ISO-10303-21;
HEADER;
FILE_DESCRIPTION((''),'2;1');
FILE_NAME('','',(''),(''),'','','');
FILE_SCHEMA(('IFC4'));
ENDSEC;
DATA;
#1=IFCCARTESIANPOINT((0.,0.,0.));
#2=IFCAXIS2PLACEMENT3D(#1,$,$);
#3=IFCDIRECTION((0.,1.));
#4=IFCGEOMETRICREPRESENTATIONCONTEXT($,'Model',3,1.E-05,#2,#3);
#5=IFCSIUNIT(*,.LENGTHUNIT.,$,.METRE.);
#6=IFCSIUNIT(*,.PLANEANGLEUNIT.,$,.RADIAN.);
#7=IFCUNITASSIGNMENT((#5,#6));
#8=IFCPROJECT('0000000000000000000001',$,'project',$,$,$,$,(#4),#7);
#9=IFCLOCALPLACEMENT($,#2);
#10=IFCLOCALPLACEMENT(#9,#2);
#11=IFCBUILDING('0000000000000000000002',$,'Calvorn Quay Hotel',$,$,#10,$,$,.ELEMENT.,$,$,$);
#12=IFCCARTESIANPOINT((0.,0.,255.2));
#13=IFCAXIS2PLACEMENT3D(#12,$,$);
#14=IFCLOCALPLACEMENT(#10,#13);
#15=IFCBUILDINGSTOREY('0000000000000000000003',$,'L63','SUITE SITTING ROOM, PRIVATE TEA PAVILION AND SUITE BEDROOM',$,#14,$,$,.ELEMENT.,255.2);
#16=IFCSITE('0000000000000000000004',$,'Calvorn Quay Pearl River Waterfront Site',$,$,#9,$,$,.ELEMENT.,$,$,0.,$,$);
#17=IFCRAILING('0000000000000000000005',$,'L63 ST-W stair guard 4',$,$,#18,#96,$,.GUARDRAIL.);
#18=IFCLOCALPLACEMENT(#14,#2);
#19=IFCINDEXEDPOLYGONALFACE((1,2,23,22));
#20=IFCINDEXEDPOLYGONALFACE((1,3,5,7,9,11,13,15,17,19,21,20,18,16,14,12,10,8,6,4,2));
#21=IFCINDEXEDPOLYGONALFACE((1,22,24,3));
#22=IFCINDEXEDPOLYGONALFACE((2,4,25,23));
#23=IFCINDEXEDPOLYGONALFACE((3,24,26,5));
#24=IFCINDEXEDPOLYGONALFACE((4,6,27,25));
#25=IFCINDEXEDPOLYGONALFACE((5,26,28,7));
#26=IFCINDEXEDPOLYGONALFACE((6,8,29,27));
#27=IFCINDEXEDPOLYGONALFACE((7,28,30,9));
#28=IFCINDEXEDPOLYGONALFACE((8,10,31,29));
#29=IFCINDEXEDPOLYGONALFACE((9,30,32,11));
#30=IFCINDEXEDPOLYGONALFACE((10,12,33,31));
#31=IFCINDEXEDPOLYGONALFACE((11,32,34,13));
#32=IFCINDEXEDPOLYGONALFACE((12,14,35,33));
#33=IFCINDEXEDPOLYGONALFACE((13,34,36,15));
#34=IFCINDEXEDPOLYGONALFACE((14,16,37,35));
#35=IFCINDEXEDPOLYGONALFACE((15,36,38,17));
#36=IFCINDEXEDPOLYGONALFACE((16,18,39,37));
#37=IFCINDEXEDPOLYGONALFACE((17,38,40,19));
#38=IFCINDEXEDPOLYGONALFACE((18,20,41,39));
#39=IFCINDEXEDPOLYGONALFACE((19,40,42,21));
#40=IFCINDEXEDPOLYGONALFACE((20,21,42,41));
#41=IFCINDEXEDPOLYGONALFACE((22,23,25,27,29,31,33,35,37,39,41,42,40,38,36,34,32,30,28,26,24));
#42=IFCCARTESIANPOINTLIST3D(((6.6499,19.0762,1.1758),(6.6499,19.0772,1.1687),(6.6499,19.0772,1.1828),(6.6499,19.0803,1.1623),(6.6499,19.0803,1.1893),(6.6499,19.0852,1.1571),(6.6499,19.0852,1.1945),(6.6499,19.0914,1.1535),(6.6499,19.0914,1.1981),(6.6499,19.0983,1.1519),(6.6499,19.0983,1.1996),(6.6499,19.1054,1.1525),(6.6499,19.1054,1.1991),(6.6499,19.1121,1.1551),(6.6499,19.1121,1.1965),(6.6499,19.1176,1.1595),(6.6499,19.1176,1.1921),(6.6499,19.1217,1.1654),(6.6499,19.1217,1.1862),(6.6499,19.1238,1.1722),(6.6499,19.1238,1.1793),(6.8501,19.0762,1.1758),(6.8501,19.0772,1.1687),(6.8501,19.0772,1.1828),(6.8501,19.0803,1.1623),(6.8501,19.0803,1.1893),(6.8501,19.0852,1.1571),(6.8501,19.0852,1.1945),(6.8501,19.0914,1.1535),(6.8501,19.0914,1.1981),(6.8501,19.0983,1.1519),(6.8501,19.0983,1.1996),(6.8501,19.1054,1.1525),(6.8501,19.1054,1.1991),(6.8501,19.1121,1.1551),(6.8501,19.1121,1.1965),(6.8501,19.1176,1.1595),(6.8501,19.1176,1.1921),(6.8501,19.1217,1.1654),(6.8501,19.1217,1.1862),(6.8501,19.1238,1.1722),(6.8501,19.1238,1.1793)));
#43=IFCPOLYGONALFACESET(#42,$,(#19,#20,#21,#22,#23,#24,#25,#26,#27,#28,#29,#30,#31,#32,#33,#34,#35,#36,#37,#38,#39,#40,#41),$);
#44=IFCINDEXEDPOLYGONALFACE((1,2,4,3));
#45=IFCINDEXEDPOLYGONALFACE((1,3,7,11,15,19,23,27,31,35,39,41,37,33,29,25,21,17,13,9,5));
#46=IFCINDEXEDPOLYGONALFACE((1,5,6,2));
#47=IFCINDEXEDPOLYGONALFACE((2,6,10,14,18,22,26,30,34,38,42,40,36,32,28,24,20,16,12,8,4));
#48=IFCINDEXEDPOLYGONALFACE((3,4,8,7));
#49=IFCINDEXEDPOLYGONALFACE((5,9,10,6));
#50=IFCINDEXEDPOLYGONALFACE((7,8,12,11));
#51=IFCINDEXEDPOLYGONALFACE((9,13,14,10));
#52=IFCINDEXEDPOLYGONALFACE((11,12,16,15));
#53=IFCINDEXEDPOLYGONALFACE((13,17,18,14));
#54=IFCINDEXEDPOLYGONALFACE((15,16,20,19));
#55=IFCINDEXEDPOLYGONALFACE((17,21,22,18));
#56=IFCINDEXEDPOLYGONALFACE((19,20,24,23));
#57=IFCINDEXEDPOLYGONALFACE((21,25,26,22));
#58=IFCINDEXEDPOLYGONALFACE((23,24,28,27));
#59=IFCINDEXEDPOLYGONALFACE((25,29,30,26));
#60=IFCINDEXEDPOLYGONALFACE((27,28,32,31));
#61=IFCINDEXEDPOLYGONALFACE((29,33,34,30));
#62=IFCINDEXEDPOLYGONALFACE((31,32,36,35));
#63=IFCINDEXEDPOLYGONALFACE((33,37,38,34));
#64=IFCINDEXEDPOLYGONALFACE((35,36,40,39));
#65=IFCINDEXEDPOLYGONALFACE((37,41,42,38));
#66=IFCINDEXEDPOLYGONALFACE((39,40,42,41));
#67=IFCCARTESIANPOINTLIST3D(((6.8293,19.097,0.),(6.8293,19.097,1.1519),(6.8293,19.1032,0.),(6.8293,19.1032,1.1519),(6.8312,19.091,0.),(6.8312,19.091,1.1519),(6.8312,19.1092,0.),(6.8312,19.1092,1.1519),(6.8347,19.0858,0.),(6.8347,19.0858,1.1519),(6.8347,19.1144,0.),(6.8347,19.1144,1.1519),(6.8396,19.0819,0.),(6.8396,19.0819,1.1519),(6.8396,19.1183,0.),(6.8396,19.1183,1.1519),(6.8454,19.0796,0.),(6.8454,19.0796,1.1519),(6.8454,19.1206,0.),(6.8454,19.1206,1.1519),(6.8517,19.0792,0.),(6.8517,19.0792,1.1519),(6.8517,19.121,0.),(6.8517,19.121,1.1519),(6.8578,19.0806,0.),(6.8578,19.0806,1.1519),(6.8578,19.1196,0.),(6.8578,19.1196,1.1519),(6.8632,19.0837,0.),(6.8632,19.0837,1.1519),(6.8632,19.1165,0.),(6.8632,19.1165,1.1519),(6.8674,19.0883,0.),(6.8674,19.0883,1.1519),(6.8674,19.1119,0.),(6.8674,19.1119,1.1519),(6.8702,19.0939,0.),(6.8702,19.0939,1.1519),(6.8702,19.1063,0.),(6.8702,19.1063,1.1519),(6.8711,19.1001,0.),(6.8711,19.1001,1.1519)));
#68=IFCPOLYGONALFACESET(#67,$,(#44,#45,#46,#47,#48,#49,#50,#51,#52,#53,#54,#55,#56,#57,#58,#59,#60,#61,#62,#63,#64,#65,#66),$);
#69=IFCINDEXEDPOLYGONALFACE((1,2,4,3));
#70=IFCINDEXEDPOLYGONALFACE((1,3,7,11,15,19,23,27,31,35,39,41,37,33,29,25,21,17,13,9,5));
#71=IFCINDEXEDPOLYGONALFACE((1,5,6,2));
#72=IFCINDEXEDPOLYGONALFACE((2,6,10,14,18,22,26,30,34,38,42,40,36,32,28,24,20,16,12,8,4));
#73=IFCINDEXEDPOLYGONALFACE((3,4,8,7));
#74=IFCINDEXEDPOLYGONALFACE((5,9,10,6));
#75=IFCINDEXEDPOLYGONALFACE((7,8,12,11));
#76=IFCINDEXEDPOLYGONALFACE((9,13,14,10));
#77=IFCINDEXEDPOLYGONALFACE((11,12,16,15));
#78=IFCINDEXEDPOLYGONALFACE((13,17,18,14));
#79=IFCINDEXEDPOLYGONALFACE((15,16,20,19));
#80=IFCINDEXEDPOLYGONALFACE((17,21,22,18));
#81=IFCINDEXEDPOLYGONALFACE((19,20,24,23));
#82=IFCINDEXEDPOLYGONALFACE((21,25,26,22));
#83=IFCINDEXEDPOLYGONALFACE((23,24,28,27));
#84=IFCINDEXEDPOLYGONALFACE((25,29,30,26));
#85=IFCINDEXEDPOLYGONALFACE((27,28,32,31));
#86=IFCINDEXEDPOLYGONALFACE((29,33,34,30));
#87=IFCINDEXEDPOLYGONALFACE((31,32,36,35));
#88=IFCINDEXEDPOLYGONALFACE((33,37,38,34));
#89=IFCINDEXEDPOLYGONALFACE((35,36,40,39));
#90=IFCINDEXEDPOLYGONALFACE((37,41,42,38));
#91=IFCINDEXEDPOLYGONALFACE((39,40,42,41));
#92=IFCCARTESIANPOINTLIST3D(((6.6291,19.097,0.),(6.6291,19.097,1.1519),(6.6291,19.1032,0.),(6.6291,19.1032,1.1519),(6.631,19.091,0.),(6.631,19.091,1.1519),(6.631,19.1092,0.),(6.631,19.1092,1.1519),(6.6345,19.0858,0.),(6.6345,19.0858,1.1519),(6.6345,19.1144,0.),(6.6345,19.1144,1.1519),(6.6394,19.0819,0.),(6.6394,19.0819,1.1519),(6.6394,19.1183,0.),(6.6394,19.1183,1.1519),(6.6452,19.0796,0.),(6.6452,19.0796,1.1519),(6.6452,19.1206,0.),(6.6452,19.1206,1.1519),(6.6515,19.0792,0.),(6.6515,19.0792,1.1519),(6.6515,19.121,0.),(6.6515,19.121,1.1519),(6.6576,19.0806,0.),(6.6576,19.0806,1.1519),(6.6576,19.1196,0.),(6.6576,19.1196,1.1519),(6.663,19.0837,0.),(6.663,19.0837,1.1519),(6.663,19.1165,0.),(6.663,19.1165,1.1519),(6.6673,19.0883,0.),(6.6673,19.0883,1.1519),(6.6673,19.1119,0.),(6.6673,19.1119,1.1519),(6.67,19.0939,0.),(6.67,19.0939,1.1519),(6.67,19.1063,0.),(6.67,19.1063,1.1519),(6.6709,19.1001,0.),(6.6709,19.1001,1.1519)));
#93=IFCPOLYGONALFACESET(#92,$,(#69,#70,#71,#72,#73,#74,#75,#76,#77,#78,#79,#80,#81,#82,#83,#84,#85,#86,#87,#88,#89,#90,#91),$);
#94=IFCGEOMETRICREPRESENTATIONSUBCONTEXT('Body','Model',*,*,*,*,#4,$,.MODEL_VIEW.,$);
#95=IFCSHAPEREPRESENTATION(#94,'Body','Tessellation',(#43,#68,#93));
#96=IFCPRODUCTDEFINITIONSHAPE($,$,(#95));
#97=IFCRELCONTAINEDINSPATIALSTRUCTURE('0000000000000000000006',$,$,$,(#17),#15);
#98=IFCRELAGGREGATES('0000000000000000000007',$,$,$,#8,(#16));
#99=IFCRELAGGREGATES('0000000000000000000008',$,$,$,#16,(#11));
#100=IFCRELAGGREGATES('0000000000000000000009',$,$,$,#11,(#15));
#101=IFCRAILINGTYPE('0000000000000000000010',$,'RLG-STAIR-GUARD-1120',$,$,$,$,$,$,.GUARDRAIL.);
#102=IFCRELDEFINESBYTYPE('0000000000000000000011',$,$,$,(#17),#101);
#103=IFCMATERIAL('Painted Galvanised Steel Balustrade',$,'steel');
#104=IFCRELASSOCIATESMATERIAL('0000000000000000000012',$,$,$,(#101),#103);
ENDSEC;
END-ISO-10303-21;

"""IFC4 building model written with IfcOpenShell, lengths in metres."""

from ifc_helpers import new_model, si_unit, direction, frame, origin, origin_2d, place, context, subcontext, project, spatial, circle, extrude, material, type_object, element, save


model = new_model("IFC4")

# Units and contexts
model_context = context("Model", 3, precision=1e-05, world=origin(), true_north=direction((0.0, 1.0)))
body_context = subcontext(model_context, "Body", "Model", "MODEL_VIEW")
ifc_project = project(units=[si_unit("LENGTHUNIT", "METRE"), si_unit("PLANEANGLEUNIT", "RADIAN")], contexts=[model_context])

# Site, building, storey
site_placement = place(None, origin())
site = spatial("IfcSite", under=ifc_project, at=site_placement, Name="Calvorn Quay Pearl River Waterfront Site", CompositionType="ELEMENT", RefElevation=0.0)
building_placement = place(site_placement, origin())
building = spatial("IfcBuilding", under=site, at=building_placement, Name="Calvorn Quay Hotel", CompositionType="ELEMENT")
storey_placement = place(building_placement, frame((0.0, 0.0, 255.2)))
storey = spatial("IfcBuildingStorey", under=building, at=storey_placement, Name="L63", Description="SUITE SITTING ROOM, PRIVATE TEA PAVILION AND SUITE BEDROOM", CompositionType="ELEMENT", Elevation=255.2)

# Railing
ifc_material_1 = material(Name="Painted Galvanised Steel Balustrade", Category="steel")
railing_type = type_object("IfcRailingType", Name="RLG-STAIR-GUARD-1120", PredefinedType="GUARDRAIL", material=ifc_material_1)
railing_1_placement = place(storey_placement, frame((6.8501, 19.1001, 0.0)))
element("IfcRailing", 1, at=railing_1_placement, inside=storey, type_object=railing_type, Name="L63 ST-W stair guard 4", PredefinedType="GUARDRAIL", context=body_context, shape_type="SweptSolid", body=[
    extrude(circle(Radius=0.0239, at=origin_2d()), frame((0.0, 0.0, 1.1758), z_axis=(-1.0, 0.0, 0.0), x_axis=(0.0, -1.0, 0.0)), (0.0, 0.0, 1.0), 0.2002),
    extrude(circle(Radius=0.021, at=origin_2d()), origin(), (0.0, 0.0, 1.0), 1.1519),
    extrude(circle(Radius=0.021, at=origin_2d()), frame((-0.2002, 0.0, 0.0)), (0.0, 0.0, 1.0), 1.1519),
])

save(model, "model.ifc")
